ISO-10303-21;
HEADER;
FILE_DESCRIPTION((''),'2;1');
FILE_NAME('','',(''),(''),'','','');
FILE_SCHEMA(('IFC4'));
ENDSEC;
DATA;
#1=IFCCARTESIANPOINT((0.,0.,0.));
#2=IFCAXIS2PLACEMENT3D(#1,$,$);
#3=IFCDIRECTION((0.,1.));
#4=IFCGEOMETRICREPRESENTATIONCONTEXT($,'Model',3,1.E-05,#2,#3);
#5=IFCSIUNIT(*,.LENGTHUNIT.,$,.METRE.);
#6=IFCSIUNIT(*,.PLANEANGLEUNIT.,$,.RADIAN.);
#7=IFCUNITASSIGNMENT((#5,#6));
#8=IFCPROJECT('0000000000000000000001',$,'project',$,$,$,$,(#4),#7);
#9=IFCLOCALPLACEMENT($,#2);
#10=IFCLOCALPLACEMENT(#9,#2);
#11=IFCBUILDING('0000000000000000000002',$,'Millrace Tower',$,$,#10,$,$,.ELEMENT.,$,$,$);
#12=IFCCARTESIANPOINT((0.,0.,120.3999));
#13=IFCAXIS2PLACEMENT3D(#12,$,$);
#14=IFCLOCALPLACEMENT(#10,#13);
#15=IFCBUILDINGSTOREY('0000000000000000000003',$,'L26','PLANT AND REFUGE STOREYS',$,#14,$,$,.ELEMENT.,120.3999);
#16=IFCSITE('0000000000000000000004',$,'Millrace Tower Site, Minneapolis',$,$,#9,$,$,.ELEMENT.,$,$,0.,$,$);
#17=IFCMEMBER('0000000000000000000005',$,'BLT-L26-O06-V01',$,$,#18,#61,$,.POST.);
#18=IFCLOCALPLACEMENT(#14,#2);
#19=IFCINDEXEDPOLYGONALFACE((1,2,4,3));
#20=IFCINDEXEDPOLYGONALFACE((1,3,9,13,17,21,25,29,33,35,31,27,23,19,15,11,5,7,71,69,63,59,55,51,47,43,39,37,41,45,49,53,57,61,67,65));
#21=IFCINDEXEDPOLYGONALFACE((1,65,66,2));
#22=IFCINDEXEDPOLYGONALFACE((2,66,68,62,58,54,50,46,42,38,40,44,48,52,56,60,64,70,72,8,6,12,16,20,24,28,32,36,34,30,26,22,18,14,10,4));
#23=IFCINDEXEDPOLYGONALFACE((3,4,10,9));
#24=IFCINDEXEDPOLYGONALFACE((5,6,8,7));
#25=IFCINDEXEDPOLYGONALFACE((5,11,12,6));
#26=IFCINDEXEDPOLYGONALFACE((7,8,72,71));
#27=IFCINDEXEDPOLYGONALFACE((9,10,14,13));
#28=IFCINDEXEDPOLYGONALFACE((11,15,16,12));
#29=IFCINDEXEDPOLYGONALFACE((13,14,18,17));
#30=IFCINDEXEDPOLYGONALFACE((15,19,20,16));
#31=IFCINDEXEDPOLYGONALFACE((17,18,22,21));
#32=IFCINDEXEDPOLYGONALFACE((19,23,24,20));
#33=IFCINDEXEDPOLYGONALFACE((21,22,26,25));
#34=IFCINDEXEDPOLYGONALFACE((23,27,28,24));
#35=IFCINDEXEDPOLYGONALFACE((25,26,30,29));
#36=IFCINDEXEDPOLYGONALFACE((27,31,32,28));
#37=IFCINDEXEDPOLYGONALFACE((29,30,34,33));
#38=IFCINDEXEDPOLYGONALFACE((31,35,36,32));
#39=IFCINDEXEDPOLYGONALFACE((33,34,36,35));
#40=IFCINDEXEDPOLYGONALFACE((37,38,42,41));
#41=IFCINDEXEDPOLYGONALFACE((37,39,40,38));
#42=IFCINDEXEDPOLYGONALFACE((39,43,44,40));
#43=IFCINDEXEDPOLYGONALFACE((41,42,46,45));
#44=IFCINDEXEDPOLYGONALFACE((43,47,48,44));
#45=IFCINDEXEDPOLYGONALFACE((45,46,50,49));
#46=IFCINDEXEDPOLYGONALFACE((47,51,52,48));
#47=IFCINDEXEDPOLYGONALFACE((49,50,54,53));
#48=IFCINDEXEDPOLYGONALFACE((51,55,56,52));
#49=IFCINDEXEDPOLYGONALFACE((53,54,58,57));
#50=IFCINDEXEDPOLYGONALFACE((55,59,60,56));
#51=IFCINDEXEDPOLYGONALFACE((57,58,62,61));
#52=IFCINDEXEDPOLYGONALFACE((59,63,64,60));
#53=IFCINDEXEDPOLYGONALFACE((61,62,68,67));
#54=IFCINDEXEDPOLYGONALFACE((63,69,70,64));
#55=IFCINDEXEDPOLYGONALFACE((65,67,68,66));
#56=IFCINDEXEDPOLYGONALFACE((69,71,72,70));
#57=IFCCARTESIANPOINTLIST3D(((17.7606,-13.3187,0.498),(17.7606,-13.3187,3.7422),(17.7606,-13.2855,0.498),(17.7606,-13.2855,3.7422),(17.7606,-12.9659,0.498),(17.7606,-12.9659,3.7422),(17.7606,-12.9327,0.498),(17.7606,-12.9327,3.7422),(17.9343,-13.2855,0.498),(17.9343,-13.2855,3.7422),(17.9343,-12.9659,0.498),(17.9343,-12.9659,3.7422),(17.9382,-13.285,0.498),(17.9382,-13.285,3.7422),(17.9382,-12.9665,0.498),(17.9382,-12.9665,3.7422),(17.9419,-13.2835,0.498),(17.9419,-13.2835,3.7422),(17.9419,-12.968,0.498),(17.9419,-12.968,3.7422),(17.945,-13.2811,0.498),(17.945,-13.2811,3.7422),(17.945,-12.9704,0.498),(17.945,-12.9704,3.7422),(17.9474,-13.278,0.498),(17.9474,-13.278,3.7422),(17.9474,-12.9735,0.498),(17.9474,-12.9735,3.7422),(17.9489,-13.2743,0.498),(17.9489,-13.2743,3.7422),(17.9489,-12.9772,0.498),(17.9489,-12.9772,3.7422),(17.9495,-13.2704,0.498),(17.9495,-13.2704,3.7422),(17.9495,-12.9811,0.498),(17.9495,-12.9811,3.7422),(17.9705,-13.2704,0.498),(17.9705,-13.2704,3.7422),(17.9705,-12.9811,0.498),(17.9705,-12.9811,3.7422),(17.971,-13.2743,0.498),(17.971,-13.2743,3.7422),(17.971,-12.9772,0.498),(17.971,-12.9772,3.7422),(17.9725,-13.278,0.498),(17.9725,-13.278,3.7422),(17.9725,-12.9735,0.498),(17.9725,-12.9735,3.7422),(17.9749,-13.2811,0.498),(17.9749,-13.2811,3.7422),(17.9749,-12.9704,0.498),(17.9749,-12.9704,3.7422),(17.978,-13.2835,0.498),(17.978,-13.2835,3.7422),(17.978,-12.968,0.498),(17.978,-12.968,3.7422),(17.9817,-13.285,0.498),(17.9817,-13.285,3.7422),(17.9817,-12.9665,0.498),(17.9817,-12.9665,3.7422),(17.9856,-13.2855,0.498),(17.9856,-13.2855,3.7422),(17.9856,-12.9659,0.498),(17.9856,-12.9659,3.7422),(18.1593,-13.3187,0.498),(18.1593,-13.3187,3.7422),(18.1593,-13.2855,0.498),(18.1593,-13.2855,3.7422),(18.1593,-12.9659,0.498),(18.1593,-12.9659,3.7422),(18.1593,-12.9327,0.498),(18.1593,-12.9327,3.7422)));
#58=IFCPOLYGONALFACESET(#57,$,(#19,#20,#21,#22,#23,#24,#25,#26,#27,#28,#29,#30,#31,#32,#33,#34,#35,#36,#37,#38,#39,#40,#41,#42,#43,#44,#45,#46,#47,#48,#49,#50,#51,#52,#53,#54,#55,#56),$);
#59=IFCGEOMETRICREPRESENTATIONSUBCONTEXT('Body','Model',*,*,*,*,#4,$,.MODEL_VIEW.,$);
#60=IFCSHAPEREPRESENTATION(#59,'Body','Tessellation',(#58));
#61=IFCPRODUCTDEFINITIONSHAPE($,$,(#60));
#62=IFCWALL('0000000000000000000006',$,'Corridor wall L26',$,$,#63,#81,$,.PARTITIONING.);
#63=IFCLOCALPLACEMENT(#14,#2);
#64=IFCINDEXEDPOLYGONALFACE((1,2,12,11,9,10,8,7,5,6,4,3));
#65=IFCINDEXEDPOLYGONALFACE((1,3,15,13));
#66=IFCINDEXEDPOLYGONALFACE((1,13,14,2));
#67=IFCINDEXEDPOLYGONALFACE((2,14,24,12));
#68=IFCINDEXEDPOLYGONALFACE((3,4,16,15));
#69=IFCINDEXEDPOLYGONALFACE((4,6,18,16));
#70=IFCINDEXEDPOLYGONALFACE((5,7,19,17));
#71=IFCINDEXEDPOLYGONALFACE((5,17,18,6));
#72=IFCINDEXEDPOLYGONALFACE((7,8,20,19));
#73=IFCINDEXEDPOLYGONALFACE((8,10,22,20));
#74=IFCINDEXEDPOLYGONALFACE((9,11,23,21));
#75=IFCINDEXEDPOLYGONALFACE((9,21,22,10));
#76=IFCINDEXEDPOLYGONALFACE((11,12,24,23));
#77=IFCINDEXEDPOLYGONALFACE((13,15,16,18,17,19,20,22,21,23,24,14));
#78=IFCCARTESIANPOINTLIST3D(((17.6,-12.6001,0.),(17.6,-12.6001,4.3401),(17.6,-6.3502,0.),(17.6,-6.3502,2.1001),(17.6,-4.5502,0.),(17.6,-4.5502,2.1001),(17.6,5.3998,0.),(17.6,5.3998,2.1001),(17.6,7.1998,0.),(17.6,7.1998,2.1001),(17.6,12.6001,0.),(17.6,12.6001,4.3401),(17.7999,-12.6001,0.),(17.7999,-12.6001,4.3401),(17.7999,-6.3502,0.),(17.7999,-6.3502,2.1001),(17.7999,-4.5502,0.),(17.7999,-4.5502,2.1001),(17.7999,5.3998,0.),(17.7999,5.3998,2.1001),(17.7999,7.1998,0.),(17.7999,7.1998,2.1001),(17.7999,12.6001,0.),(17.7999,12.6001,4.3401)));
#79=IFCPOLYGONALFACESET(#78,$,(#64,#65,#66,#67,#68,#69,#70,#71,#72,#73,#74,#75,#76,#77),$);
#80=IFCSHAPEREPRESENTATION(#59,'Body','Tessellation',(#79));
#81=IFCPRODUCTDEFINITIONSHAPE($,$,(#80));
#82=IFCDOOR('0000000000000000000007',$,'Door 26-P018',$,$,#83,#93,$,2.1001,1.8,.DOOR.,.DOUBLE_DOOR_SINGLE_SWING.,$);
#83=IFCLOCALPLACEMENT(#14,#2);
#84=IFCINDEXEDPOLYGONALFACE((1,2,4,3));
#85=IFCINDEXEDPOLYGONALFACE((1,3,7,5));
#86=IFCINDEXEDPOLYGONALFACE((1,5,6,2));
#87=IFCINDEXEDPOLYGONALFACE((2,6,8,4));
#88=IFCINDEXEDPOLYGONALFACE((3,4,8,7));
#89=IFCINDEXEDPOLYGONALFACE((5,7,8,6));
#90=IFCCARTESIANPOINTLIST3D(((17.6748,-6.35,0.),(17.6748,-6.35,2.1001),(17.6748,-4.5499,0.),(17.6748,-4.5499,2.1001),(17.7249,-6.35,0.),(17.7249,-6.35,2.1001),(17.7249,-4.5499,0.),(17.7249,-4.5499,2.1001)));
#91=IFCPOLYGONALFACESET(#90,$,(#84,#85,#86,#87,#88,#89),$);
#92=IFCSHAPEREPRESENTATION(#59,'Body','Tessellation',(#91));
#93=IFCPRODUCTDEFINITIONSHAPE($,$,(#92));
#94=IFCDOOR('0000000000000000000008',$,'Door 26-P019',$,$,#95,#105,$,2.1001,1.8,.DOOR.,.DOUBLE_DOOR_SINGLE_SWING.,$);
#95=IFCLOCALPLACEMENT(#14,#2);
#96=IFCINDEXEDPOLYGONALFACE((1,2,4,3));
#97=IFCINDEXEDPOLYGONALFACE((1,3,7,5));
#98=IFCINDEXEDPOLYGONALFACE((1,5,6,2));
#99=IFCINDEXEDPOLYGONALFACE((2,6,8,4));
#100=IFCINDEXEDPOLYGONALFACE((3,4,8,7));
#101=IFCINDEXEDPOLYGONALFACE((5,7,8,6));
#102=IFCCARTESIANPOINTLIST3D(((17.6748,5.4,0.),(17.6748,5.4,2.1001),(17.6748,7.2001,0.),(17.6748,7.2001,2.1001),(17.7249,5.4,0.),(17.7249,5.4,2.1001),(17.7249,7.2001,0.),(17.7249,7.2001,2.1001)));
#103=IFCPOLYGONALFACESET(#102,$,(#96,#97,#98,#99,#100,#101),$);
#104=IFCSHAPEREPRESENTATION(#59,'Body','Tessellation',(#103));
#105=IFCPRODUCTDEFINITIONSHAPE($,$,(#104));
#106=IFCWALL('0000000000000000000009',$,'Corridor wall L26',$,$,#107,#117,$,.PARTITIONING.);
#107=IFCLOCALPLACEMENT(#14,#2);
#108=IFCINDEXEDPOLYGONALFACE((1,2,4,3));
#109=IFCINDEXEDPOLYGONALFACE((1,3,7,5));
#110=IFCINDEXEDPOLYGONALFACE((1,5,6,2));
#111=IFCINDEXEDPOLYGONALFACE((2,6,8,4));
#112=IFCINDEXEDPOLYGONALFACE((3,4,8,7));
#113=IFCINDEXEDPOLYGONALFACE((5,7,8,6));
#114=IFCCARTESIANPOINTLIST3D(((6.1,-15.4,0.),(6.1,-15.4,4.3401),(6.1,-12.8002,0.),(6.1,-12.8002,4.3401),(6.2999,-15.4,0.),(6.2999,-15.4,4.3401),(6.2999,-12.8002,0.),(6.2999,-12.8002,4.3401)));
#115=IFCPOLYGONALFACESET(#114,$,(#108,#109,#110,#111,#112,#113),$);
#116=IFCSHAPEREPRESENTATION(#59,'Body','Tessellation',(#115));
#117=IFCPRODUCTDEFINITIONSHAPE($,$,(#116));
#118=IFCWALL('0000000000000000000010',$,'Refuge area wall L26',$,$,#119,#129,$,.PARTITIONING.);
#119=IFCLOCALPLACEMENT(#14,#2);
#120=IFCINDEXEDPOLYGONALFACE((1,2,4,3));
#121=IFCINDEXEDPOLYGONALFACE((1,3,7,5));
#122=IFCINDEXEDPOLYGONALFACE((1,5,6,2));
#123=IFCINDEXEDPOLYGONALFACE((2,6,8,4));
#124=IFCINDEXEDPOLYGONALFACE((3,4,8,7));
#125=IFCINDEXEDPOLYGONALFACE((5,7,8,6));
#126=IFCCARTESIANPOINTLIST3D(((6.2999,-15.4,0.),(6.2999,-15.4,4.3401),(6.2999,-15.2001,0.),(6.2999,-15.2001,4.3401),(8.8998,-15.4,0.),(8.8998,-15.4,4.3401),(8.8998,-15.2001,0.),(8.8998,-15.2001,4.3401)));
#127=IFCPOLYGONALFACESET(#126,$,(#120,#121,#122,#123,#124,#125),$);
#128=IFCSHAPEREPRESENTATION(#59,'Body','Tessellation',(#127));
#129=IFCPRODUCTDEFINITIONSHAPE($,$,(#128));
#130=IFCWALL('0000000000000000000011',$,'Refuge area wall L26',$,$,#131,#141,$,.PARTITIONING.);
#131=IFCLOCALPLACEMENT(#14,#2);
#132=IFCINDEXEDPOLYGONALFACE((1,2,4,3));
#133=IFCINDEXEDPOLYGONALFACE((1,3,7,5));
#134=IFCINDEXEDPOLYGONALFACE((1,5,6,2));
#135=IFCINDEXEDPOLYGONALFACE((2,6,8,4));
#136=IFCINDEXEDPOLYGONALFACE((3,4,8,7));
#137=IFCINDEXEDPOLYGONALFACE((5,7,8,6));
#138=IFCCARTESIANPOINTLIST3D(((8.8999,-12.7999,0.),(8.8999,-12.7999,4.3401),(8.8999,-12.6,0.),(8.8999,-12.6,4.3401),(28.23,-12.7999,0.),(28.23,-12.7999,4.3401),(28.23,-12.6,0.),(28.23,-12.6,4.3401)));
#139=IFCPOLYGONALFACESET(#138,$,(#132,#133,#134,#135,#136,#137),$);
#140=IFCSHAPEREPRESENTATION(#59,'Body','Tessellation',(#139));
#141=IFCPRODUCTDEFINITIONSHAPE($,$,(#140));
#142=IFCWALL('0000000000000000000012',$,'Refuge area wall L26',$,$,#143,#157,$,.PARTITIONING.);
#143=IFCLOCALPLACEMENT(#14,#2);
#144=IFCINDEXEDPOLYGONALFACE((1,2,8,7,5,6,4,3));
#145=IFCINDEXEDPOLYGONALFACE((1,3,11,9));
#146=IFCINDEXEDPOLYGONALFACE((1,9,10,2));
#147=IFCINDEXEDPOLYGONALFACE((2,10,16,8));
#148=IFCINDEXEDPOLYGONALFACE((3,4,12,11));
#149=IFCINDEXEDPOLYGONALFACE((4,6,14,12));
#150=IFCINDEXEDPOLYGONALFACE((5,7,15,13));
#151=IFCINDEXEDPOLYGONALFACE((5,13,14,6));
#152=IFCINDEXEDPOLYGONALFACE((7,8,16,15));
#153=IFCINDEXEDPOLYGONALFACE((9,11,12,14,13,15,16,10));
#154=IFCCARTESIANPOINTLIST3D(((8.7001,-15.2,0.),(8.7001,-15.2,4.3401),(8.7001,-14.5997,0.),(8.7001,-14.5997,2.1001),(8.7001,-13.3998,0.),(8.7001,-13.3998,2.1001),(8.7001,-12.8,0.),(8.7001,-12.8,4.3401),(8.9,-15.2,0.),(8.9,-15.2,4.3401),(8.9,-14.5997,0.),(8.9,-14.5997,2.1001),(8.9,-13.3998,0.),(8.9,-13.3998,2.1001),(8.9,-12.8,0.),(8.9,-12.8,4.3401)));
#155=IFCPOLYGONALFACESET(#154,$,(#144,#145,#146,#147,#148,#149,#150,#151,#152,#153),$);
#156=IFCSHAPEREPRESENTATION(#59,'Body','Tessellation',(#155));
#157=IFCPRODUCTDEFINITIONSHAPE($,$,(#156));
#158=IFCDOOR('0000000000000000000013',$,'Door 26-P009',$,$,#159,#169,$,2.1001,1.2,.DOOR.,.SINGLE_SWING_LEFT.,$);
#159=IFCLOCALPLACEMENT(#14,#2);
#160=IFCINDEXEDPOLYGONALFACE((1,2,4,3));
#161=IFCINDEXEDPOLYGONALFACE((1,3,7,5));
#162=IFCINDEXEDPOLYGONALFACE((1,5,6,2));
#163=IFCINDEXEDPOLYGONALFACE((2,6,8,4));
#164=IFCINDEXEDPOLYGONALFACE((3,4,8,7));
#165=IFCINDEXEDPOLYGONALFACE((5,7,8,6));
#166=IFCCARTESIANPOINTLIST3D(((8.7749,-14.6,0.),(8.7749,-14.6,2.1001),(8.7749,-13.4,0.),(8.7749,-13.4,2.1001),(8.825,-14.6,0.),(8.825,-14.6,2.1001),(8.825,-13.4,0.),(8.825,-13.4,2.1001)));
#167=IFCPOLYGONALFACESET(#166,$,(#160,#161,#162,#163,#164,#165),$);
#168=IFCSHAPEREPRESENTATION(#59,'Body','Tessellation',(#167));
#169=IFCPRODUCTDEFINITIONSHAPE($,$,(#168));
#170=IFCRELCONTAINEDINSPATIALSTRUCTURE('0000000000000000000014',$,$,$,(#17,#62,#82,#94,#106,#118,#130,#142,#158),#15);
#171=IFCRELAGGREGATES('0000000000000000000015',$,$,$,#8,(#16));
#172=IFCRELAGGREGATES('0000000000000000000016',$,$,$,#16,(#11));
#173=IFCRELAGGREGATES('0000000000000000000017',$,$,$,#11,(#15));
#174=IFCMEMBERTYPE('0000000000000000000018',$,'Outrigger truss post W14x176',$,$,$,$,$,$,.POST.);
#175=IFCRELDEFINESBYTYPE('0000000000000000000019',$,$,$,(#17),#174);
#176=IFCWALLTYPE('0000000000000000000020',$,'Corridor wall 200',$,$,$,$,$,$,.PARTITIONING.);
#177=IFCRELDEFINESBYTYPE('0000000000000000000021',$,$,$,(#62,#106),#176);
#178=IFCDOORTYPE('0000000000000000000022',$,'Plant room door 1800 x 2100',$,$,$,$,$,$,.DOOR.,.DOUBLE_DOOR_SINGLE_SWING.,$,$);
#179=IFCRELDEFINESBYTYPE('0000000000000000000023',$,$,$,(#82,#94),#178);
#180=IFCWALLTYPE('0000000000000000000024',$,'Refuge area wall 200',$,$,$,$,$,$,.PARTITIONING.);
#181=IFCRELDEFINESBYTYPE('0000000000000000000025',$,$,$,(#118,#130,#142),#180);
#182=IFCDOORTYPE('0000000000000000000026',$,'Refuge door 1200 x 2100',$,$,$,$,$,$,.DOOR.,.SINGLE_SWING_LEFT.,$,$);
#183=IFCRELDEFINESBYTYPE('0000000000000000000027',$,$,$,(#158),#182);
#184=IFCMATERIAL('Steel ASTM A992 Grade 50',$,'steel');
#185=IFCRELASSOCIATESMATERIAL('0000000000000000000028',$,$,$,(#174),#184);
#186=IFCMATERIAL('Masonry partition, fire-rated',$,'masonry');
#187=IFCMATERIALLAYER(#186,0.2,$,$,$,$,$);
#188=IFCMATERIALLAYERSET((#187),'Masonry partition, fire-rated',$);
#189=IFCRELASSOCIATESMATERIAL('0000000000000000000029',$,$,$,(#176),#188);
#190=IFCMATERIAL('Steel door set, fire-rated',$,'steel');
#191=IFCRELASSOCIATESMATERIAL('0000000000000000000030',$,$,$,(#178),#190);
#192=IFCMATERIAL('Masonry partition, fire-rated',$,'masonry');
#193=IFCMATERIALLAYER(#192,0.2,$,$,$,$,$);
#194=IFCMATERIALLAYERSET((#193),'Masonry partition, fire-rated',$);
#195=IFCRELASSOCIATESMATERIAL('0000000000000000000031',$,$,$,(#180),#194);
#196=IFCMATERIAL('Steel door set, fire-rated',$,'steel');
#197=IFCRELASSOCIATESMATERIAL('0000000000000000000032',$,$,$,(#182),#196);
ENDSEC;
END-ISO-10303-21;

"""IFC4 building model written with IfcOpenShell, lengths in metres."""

from ifc_helpers import new_model, si_unit, direction, frame, frame_2d, origin, origin_2d, place, context, subcontext, project, spatial, rectangle, i_section, extrude, material, layer, layer_set, material_profile, profile_set, type_object, element, fill, save


model = new_model("IFC4")

# Units and contexts
model_context = context("Model", 3, precision=1e-05, world=origin(), true_north=direction((0.0, 1.0)))
body_context = subcontext(model_context, "Body", "Model", "MODEL_VIEW")
ifc_project = project(units=[si_unit("LENGTHUNIT", "METRE"), si_unit("PLANEANGLEUNIT", "RADIAN")], contexts=[model_context])

# Site, building, storey
site_placement = place(None, origin())
site = spatial("IfcSite", under=ifc_project, at=site_placement, Name="Millrace Tower Site, Minneapolis", CompositionType="ELEMENT", RefElevation=0.0)
building_placement = place(site_placement, origin())
building = spatial("IfcBuilding", under=site, at=building_placement, Name="Millrace Tower", CompositionType="ELEMENT")
storey_placement = place(building_placement, frame((0.0, 0.0, 120.3999)))
storey = spatial("IfcBuildingStorey", under=building, at=storey_placement, Name="L26", Description="PLANT AND REFUGE STOREYS", CompositionType="ELEMENT", Elevation=120.3999)

# Member
ifc_material_1 = material(Name="Steel ASTM A992 Grade 50", Category="steel")
ifc_material_profile_1 = material_profile(ifc_material_1, i_section(OverallWidth=0.3987, OverallDepth=0.386, WebThickness=0.021, FlangeThickness=0.0332, FilletRadius=0.0151, at=origin_2d()))
ifc_profile_set_1 = profile_set([ifc_material_profile_1], Name="Steel ASTM A992 Grade 50")
member_type_1 = type_object("IfcMemberType", Name="Outrigger truss post W14x176", PredefinedType="POST", material=ifc_profile_set_1)
for number, where, z_axis, x_axis, name in (
    (1, (17.96, -13.1257, 0.498), (0.0, 0.0, 1.0), (1.0, 0.0, 0.0), "BLT-L26-O06-V01"),
):
    element("IfcMember", number, at=place(storey_placement, frame(where, z_axis=z_axis, x_axis=x_axis)), inside=storey, type_object=member_type_1, Name=name, PredefinedType="POST", context=body_context, shape_type="SweptSolid", body=[
        extrude(i_section(OverallWidth=0.3987, OverallDepth=0.386, WebThickness=0.021, FlangeThickness=0.0332, FilletRadius=0.0151, at=origin_2d()), origin(), (0.0, 0.0, 1.0), 3.2441),
    ])

# Wall, openings, doors
ifc_material_2 = material(Name="Masonry partition, fire-rated", Category="masonry")
ifc_layer_1 = layer(ifc_material_2, 0.2)
ifc_layer_set_1 = layer_set([ifc_layer_1], Name="Masonry partition, fire-rated")
wall_type_1 = type_object("IfcWallType", Name="Corridor wall 200", PredefinedType="PARTITIONING", material=ifc_layer_set_1)
wall_1_placement = place(storey_placement, frame((17.7, -12.6001, 0.0), z_axis=(0.0, 0.0, 1.0), x_axis=(0.0, 1.0, 0.0)))
wall_1 = element("IfcWall", 2, at=wall_1_placement, inside=storey, type_object=wall_type_1, Name="Corridor wall L26", PredefinedType="PARTITIONING", context=body_context, shape_type="SweptSolid", body=[
    extrude(rectangle(XDim=25.2002, YDim=0.2, at=frame_2d((12.6001, 0.0))), origin(), (0.0, 0.0, 1.0), 4.3401),
])
opening_1_placement = place(wall_1_placement, frame((6.25, 0.0, 0.0)))
opening_1 = element("IfcOpeningElement", 3, at=opening_1_placement, cuts=wall_1, PredefinedType="OPENING", context=body_context, shape_type="SweptSolid", body=[
    extrude(rectangle(XDim=1.8, YDim=2.1001, at=frame_2d((0.8999, 1.05))), frame((0.0, 0.1099, 0.0), z_axis=(0.0, -1.0, 0.0), x_axis=(1.0, 0.0, 0.0)), (0.0, 0.0, 1.0), 0.22),
])
opening_2_placement = place(wall_1_placement, frame((18.0, 0.0, 0.0)))
opening_2 = element("IfcOpeningElement", 4, at=opening_2_placement, cuts=wall_1, PredefinedType="OPENING", context=body_context, shape_type="SweptSolid", body=[
    extrude(rectangle(XDim=1.8, YDim=2.1001, at=frame_2d((0.8999, 1.05))), frame((0.0, 0.1099, 0.0), z_axis=(0.0, -1.0, 0.0), x_axis=(1.0, 0.0, 0.0)), (0.0, 0.0, 1.0), 0.22),
])
ifc_material_3 = material(Name="Steel door set, fire-rated", Category="steel")
door_type_1 = type_object("IfcDoorType", Name="Plant room door 1800 x 2100", OperationType="DOUBLE_DOOR_SINGLE_SWING", PredefinedType="DOOR", material=ifc_material_3)
door_1_placement = place(opening_1_placement, frame((1.8, 0.0, 0.0), z_axis=(0.0, 0.0, 1.0), x_axis=(-1.0, 0.0, 0.0)))
door_1 = element("IfcDoor", 5, at=door_1_placement, inside=storey, type_object=door_type_1, Name="Door 26-P018", OperationType="DOUBLE_DOOR_SINGLE_SWING", OverallHeight=2.1001, OverallWidth=1.8, PredefinedType="DOOR", context=body_context, shape_type="SweptSolid", body=[
    extrude(rectangle(XDim=1.8, YDim=2.1001, at=frame_2d((0.8999, 1.05))), frame((0.0, 0.0249, 0.0), z_axis=(0.0, -1.0, 0.0), x_axis=(1.0, 0.0, 0.0)), (0.0, 0.0, 1.0), 0.05),
])
fill(opening_1, door_1)
door_2_placement = place(opening_2_placement, frame((1.8, 0.0, 0.0), z_axis=(0.0, 0.0, 1.0), x_axis=(-1.0, 0.0, 0.0)))
door_2 = element("IfcDoor", 6, at=door_2_placement, inside=storey, type_object=door_type_1, Name="Door 26-P019", OperationType="DOUBLE_DOOR_SINGLE_SWING", OverallHeight=2.1001, OverallWidth=1.8, PredefinedType="DOOR", context=body_context, shape_type="SweptSolid", body=[
    extrude(rectangle(XDim=1.8, YDim=2.1001, at=frame_2d((0.8999, 1.05))), frame((0.0, 0.0249, 0.0), z_axis=(0.0, -1.0, 0.0), x_axis=(1.0, 0.0, 0.0)), (0.0, 0.0, 1.0), 0.05),
])
fill(opening_2, door_2)

# Walls
wall_2_placement = place(storey_placement, frame((6.2, -15.3999, 0.0), z_axis=(0.0, 0.0, 1.0), x_axis=(0.0, 1.0, 0.0)))
element("IfcWall", 7, at=wall_2_placement, inside=storey, type_object=wall_type_1, Name="Corridor wall L26", PredefinedType="PARTITIONING", context=body_context, shape_type="SweptSolid", body=[
    extrude(rectangle(XDim=2.5999, YDim=0.2, at=frame_2d((1.2998, 0.0))), origin(), (0.0, 0.0, 1.0), 4.3401),
])
ifc_material_4 = material(Name="Masonry partition, fire-rated", Category="masonry")
ifc_layer_2 = layer(ifc_material_4, 0.2)
ifc_layer_set_2 = layer_set([ifc_layer_2], Name="Masonry partition, fire-rated")
wall_type_2 = type_object("IfcWallType", Name="Refuge area wall 200", PredefinedType="PARTITIONING", material=ifc_layer_set_2)
wall_3_placement = place(storey_placement, frame((6.3, -15.3, 0.0), z_axis=(0.0, 0.0, 1.0), x_axis=(1.0, 0.0, 0.0)))
element("IfcWall", 8, at=wall_3_placement, inside=storey, type_object=wall_type_2, Name="Refuge area wall L26", PredefinedType="PARTITIONING", context=body_context, shape_type="SweptSolid", body=[
    extrude(rectangle(XDim=2.5999, YDim=0.2, at=frame_2d((1.2998, 0.0))), origin(), (0.0, 0.0, 1.0), 4.3401),
])
wall_4_placement = place(storey_placement, frame((8.8999, -12.7, 0.0), z_axis=(0.0, 0.0, 1.0), x_axis=(1.0, 0.0, 0.0)))
element("IfcWall", 9, at=wall_4_placement, inside=storey, type_object=wall_type_2, Name="Refuge area wall L26", PredefinedType="PARTITIONING", context=body_context, shape_type="SweptSolid", body=[
    extrude(rectangle(XDim=19.3301, YDim=0.2, at=frame_2d((9.665, 0.0))), origin(), (0.0, 0.0, 1.0), 4.3401),
])

# Wall, opening, door
wall_5_placement = place(storey_placement, frame((8.8, -15.2, 0.0), z_axis=(0.0, 0.0, 1.0), x_axis=(0.0, 1.0, 0.0)))
wall_5 = element("IfcWall", 10, at=wall_5_placement, inside=storey, type_object=wall_type_2, Name="Refuge area wall L26", PredefinedType="PARTITIONING", context=body_context, shape_type="SweptSolid", body=[
    extrude(rectangle(XDim=2.3999, YDim=0.2, at=frame_2d((1.2, 0.0))), origin(), (0.0, 0.0, 1.0), 4.3401),
])
opening_3_placement = place(wall_5_placement, frame((0.6001, 0.0, 0.0)))
opening_3 = element("IfcOpeningElement", 11, at=opening_3_placement, cuts=wall_5, PredefinedType="OPENING", context=body_context, shape_type="SweptSolid", body=[
    extrude(rectangle(XDim=1.2, YDim=2.1001, at=frame_2d((0.6001, 1.05))), frame((0.0, 0.1099, 0.0), z_axis=(0.0, -1.0, 0.0), x_axis=(1.0, 0.0, 0.0)), (0.0, 0.0, 1.0), 0.22),
])
ifc_material_5 = material(Name="Steel door set, fire-rated", Category="steel")
door_type_2 = type_object("IfcDoorType", Name="Refuge door 1200 x 2100", OperationType="SINGLE_SWING_LEFT", PredefinedType="DOOR", material=ifc_material_5)
door_3_placement = place(opening_3_placement, frame((1.2, 0.0, 0.0), z_axis=(0.0, 0.0, 1.0), x_axis=(-1.0, 0.0, 0.0)))
door_3 = element("IfcDoor", 12, at=door_3_placement, inside=storey, type_object=door_type_2, Name="Door 26-P009", OperationType="SINGLE_SWING_LEFT", OverallHeight=2.1001, OverallWidth=1.2, PredefinedType="DOOR", context=body_context, shape_type="SweptSolid", body=[
    extrude(rectangle(XDim=1.2, YDim=2.1001, at=frame_2d((0.6001, 1.05))), frame((0.0, 0.0249, 0.0), z_axis=(0.0, -1.0, 0.0), x_axis=(1.0, 0.0, 0.0)), (0.0, 0.0, 1.0), 0.05),
])
fill(opening_3, door_3)

save(model, "model.ifc")
